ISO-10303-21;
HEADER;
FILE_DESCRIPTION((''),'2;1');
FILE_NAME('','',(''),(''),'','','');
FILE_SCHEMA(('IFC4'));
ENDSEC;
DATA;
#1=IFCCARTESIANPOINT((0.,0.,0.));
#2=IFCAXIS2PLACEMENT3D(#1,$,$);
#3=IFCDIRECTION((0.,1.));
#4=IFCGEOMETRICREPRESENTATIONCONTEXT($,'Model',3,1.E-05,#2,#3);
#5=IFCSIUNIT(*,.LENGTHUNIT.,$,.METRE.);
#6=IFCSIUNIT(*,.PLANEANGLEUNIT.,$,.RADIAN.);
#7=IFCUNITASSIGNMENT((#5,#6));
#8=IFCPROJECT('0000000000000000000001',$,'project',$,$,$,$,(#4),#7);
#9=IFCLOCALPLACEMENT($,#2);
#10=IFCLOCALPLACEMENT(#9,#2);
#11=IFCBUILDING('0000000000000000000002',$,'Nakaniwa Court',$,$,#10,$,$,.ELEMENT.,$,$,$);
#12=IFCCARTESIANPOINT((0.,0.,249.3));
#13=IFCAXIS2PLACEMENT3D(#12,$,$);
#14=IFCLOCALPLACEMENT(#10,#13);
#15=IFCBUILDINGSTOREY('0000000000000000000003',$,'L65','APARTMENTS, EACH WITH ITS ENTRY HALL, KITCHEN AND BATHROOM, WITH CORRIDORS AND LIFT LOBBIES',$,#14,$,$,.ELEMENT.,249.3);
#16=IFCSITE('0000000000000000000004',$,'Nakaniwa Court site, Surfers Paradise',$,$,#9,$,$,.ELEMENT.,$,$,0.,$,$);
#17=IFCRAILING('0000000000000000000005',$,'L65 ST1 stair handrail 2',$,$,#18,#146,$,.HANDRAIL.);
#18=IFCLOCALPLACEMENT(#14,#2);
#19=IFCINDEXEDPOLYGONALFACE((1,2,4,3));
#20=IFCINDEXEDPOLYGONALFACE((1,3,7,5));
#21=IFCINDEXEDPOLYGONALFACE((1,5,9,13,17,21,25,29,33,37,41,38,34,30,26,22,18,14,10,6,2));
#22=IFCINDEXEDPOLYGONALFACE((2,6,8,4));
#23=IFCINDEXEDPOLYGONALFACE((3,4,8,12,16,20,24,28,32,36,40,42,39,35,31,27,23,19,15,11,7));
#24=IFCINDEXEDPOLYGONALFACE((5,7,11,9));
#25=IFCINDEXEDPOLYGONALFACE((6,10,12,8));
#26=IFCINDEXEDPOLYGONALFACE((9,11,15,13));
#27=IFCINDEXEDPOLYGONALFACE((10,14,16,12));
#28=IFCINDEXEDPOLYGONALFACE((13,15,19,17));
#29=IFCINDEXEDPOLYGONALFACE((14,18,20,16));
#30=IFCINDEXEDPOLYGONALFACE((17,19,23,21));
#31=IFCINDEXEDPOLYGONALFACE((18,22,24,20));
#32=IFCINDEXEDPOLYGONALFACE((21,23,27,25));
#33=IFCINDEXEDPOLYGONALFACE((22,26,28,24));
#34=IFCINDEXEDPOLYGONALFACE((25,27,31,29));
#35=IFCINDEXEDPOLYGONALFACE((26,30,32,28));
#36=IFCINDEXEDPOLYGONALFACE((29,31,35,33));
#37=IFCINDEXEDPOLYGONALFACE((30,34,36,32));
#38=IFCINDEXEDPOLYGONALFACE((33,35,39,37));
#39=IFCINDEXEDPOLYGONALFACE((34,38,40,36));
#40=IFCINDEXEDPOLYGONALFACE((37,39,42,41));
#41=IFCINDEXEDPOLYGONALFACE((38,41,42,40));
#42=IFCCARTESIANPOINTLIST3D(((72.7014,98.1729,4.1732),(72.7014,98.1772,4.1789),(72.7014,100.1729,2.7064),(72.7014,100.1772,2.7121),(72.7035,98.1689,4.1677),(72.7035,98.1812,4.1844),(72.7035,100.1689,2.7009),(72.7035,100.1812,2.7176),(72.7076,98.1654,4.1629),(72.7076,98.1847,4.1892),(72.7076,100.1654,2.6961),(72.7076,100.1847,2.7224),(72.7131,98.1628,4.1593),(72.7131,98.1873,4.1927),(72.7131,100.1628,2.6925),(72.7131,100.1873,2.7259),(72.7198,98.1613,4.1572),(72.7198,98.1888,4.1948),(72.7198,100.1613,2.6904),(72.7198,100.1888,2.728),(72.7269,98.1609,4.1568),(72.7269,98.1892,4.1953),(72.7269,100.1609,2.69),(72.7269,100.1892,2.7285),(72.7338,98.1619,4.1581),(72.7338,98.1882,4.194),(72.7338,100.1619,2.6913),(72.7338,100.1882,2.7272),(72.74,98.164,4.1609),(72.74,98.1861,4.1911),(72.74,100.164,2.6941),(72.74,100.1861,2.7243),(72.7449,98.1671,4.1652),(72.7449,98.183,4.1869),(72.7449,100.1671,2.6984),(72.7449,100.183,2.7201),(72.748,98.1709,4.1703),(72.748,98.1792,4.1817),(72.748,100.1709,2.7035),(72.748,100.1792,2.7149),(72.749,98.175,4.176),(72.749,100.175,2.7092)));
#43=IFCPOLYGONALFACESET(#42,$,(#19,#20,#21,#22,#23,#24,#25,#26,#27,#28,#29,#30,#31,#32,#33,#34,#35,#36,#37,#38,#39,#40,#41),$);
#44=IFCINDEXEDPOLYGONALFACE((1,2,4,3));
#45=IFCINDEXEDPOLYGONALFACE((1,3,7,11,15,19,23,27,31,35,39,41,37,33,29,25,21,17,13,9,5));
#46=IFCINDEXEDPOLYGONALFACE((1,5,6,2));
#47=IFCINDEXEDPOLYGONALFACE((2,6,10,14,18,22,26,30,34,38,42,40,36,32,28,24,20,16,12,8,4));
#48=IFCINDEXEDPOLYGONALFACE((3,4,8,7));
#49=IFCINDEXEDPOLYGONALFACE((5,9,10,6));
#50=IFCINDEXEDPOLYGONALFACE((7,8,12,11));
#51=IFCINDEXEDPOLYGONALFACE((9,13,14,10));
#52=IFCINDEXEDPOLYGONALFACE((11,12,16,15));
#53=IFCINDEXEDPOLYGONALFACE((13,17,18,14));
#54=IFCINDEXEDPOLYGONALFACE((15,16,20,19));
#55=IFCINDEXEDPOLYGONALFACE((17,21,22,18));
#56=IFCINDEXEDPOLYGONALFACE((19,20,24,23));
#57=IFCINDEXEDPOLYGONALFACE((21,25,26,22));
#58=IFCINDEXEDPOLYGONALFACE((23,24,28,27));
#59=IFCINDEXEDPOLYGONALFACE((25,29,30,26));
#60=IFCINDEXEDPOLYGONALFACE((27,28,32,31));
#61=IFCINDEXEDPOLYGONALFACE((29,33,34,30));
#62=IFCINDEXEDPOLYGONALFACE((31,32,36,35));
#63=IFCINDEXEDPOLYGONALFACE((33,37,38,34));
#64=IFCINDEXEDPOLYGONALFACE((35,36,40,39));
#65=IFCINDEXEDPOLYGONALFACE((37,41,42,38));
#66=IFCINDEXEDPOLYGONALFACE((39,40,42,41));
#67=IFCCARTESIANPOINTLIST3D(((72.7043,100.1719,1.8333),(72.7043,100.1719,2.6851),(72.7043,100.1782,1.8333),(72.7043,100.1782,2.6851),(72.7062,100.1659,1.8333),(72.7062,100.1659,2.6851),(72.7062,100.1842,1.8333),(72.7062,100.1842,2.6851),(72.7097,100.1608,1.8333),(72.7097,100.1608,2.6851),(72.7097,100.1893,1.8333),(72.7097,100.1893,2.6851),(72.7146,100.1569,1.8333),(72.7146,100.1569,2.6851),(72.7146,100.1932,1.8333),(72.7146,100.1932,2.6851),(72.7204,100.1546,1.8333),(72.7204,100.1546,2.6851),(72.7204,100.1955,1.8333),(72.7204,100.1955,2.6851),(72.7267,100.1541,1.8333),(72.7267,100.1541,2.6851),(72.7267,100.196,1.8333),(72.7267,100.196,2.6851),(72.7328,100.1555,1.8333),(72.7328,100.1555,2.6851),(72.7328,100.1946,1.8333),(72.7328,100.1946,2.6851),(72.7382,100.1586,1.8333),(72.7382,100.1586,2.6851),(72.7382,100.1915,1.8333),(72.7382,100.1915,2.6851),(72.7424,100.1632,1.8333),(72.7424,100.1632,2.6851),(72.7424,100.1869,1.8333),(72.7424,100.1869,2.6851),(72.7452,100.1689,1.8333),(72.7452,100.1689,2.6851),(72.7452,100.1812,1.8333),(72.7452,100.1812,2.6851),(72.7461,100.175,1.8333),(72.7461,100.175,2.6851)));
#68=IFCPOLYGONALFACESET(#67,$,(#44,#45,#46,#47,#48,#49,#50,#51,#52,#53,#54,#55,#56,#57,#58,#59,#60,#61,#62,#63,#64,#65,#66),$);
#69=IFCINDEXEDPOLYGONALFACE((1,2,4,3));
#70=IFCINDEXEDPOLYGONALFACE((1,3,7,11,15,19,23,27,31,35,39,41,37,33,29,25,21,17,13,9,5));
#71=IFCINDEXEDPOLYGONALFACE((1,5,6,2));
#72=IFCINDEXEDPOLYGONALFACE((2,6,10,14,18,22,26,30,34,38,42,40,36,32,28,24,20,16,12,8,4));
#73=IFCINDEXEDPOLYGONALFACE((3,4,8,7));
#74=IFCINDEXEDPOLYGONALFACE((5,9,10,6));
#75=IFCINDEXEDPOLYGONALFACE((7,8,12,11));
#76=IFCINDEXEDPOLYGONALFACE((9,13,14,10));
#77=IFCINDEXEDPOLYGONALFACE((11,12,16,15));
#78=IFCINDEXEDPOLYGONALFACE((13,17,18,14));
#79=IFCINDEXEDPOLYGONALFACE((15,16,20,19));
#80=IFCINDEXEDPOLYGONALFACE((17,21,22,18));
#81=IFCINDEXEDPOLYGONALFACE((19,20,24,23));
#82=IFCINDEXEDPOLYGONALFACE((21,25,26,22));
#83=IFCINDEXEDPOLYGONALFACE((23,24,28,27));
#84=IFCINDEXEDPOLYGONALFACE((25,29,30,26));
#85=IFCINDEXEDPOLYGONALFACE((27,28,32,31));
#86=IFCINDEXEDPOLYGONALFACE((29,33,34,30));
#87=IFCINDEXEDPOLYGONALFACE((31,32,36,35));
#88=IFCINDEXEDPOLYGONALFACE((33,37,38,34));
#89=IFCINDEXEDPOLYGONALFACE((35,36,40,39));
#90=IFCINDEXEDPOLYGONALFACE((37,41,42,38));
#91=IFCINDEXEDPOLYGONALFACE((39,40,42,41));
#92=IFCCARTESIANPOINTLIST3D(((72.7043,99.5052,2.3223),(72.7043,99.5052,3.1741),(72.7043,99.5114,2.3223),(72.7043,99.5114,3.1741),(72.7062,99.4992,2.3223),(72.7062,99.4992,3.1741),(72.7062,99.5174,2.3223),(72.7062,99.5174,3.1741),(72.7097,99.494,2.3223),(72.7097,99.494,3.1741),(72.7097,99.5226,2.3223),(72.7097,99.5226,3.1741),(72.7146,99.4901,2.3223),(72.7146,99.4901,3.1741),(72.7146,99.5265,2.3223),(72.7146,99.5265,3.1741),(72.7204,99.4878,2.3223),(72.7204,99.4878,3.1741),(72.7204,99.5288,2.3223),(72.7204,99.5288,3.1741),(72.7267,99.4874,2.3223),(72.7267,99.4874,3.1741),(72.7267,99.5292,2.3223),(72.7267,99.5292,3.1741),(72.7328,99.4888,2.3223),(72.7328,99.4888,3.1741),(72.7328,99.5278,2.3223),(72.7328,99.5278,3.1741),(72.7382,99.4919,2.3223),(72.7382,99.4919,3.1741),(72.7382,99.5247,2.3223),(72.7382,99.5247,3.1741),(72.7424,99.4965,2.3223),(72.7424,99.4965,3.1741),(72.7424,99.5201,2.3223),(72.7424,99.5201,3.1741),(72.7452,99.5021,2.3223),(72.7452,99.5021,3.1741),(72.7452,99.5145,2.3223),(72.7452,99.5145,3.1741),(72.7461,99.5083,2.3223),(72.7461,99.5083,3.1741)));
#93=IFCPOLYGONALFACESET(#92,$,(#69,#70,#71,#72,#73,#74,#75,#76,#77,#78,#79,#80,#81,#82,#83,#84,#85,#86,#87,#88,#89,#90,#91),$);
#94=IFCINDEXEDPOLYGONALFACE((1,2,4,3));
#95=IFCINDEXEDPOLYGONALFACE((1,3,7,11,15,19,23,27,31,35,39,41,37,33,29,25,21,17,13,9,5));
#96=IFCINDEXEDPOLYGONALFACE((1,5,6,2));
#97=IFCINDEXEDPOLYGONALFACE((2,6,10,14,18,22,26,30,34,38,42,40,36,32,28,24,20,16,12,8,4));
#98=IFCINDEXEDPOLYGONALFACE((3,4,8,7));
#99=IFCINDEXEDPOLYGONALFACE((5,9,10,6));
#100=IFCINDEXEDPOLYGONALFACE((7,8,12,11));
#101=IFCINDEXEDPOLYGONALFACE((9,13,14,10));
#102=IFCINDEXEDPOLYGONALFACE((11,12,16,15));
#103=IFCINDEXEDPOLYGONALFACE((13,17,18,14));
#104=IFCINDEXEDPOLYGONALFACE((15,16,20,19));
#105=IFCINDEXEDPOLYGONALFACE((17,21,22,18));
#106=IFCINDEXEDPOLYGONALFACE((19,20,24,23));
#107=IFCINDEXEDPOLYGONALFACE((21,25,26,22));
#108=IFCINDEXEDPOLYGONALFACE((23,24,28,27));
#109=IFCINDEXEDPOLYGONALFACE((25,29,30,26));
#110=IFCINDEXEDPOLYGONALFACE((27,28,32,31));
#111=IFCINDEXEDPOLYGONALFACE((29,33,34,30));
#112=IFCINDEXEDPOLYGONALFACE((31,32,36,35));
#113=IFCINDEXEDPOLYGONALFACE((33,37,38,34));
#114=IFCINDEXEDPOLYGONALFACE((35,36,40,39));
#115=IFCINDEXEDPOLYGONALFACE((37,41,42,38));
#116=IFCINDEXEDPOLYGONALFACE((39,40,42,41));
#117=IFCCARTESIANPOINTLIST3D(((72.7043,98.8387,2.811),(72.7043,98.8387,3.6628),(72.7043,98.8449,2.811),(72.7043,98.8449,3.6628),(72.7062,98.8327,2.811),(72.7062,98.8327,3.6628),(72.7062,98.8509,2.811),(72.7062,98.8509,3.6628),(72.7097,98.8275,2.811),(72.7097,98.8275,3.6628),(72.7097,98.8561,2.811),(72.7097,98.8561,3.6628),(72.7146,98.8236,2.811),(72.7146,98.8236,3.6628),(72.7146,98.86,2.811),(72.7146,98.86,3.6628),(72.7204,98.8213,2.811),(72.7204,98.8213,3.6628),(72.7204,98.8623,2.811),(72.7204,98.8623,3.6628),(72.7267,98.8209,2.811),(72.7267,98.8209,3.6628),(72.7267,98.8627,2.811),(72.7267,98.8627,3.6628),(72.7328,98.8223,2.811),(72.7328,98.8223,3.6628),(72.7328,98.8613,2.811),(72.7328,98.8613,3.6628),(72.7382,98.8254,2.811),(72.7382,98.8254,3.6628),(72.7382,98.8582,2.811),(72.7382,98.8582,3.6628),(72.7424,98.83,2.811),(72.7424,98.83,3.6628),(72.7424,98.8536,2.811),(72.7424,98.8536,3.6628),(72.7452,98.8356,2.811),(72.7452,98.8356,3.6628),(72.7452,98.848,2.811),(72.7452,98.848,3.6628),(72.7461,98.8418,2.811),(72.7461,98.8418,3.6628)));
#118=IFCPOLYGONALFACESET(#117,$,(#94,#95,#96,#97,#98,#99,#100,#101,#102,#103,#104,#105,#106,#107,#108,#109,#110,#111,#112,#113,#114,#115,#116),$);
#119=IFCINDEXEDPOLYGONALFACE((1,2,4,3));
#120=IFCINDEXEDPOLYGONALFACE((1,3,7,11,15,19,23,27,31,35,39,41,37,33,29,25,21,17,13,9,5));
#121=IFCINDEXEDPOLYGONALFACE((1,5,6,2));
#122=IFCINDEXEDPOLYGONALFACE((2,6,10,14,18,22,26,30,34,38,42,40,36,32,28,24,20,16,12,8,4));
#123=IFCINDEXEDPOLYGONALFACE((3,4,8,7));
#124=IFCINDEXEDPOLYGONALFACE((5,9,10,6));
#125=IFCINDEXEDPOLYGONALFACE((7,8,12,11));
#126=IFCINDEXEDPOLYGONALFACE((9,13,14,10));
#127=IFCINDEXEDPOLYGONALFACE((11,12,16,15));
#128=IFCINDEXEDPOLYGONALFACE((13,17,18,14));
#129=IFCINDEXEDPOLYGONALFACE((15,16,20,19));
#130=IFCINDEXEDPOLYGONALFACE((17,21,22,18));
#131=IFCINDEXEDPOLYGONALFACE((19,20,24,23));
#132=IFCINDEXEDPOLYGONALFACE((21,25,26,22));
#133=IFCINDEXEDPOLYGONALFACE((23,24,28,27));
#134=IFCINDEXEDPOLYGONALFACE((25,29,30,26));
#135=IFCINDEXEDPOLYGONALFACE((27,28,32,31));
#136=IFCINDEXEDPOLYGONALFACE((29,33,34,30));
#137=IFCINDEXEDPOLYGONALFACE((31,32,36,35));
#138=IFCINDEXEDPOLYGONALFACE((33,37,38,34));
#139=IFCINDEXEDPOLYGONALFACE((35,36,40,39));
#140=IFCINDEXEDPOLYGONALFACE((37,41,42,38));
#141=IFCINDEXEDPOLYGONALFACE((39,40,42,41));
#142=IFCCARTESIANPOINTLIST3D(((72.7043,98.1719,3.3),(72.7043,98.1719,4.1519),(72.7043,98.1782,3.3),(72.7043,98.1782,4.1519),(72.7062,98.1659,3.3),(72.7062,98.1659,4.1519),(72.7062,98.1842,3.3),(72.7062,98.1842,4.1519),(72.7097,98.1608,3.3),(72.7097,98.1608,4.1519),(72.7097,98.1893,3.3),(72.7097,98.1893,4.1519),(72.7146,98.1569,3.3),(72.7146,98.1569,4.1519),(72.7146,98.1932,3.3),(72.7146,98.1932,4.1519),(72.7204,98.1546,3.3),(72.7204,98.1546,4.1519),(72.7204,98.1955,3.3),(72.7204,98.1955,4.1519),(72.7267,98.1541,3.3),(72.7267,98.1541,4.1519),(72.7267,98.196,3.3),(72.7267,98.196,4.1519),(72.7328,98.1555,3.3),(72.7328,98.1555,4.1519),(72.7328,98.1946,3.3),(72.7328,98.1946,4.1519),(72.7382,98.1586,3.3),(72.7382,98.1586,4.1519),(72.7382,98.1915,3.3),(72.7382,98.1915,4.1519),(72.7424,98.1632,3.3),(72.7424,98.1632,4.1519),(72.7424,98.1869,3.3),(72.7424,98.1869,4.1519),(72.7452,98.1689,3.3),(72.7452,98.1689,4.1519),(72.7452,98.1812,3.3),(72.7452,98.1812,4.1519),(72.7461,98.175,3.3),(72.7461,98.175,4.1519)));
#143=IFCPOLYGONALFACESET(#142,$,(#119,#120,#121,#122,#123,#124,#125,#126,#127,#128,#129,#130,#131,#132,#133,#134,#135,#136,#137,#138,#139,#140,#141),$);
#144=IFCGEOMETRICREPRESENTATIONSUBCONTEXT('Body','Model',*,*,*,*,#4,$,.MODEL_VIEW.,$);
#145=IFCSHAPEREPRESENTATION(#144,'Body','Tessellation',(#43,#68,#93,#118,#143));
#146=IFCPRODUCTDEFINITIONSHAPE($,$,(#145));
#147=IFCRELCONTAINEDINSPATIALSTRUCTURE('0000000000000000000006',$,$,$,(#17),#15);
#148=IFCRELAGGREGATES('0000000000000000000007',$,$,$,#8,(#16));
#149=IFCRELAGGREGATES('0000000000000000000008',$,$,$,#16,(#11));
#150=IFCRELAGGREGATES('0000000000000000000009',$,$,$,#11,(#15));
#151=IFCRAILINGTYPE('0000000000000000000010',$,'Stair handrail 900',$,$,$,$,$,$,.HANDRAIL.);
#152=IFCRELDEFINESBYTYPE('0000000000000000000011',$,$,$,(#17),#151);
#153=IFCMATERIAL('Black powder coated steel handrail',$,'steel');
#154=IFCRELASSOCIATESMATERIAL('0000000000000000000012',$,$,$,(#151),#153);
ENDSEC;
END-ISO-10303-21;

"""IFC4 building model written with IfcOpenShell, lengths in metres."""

from ifc_helpers import new_model, si_unit, direction, frame, origin, origin_2d, place, context, subcontext, project, spatial, circle, extrude, material, type_object, element, save


model = new_model("IFC4")

# Units and contexts
model_context = context("Model", 3, precision=1e-05, world=origin(), true_north=direction((0.0, 1.0)))
body_context = subcontext(model_context, "Body", "Model", "MODEL_VIEW")
ifc_project = project(units=[si_unit("LENGTHUNIT", "METRE"), si_unit("PLANEANGLEUNIT", "RADIAN")], contexts=[model_context])

# Site, building, storey
site_placement = place(None, origin())
site = spatial("IfcSite", under=ifc_project, at=site_placement, Name="Nakaniwa Court site, Surfers Paradise", CompositionType="ELEMENT", RefElevation=0.0)
building_placement = place(site_placement, origin())
building = spatial("IfcBuilding", under=site, at=building_placement, Name="Nakaniwa Court", CompositionType="ELEMENT")
storey_placement = place(building_placement, frame((0.0, 0.0, 249.3)))
storey = spatial("IfcBuildingStorey", under=building, at=storey_placement, Name="L65", Description="APARTMENTS, EACH WITH ITS ENTRY HALL, KITCHEN AND BATHROOM, WITH CORRIDORS AND LIFT LOBBIES", CompositionType="ELEMENT", Elevation=249.3)

# Railing
ifc_material_1 = material(Name="Black powder coated steel handrail", Category="steel")
railing_type_1 = type_object("IfcRailingType", Name="Stair handrail 900", PredefinedType="HANDRAIL", material=ifc_material_1)
railing_1_placement = place(storey_placement, frame((72.7251, 100.175, 1.8333)))
element("IfcRailing", 1, at=railing_1_placement, inside=storey, type_object=railing_type_1, Name="L65 ST1 stair handrail 2", PredefinedType="HANDRAIL", context=body_context, shape_type="SweptSolid", body=[
    extrude(circle(Radius=0.0239, at=origin_2d()), frame((0.0, 0.0, 0.876), z_axis=(0.0, -0.80638, 0.591398), x_axis=(1.0, 0.0, 0.0)), (0.0, 0.0, 1.0), 2.4802),
    extrude(circle(Radius=0.021, at=origin_2d()), origin(), (0.0, 0.0, 1.0), 0.8518),
    extrude(circle(Radius=0.021, at=origin_2d()), frame((0.0, -0.6667, 0.489)), (0.0, 0.0, 1.0), 0.8518),
    extrude(circle(Radius=0.021, at=origin_2d()), frame((0.0, -1.3333, 0.9778)), (0.0, 0.0, 1.0), 0.8518),
    extrude(circle(Radius=0.021, at=origin_2d()), frame((0.0, -2.0, 1.4668)), (0.0, 0.0, 1.0), 0.8518),
])

save(model, "model.ifc")
